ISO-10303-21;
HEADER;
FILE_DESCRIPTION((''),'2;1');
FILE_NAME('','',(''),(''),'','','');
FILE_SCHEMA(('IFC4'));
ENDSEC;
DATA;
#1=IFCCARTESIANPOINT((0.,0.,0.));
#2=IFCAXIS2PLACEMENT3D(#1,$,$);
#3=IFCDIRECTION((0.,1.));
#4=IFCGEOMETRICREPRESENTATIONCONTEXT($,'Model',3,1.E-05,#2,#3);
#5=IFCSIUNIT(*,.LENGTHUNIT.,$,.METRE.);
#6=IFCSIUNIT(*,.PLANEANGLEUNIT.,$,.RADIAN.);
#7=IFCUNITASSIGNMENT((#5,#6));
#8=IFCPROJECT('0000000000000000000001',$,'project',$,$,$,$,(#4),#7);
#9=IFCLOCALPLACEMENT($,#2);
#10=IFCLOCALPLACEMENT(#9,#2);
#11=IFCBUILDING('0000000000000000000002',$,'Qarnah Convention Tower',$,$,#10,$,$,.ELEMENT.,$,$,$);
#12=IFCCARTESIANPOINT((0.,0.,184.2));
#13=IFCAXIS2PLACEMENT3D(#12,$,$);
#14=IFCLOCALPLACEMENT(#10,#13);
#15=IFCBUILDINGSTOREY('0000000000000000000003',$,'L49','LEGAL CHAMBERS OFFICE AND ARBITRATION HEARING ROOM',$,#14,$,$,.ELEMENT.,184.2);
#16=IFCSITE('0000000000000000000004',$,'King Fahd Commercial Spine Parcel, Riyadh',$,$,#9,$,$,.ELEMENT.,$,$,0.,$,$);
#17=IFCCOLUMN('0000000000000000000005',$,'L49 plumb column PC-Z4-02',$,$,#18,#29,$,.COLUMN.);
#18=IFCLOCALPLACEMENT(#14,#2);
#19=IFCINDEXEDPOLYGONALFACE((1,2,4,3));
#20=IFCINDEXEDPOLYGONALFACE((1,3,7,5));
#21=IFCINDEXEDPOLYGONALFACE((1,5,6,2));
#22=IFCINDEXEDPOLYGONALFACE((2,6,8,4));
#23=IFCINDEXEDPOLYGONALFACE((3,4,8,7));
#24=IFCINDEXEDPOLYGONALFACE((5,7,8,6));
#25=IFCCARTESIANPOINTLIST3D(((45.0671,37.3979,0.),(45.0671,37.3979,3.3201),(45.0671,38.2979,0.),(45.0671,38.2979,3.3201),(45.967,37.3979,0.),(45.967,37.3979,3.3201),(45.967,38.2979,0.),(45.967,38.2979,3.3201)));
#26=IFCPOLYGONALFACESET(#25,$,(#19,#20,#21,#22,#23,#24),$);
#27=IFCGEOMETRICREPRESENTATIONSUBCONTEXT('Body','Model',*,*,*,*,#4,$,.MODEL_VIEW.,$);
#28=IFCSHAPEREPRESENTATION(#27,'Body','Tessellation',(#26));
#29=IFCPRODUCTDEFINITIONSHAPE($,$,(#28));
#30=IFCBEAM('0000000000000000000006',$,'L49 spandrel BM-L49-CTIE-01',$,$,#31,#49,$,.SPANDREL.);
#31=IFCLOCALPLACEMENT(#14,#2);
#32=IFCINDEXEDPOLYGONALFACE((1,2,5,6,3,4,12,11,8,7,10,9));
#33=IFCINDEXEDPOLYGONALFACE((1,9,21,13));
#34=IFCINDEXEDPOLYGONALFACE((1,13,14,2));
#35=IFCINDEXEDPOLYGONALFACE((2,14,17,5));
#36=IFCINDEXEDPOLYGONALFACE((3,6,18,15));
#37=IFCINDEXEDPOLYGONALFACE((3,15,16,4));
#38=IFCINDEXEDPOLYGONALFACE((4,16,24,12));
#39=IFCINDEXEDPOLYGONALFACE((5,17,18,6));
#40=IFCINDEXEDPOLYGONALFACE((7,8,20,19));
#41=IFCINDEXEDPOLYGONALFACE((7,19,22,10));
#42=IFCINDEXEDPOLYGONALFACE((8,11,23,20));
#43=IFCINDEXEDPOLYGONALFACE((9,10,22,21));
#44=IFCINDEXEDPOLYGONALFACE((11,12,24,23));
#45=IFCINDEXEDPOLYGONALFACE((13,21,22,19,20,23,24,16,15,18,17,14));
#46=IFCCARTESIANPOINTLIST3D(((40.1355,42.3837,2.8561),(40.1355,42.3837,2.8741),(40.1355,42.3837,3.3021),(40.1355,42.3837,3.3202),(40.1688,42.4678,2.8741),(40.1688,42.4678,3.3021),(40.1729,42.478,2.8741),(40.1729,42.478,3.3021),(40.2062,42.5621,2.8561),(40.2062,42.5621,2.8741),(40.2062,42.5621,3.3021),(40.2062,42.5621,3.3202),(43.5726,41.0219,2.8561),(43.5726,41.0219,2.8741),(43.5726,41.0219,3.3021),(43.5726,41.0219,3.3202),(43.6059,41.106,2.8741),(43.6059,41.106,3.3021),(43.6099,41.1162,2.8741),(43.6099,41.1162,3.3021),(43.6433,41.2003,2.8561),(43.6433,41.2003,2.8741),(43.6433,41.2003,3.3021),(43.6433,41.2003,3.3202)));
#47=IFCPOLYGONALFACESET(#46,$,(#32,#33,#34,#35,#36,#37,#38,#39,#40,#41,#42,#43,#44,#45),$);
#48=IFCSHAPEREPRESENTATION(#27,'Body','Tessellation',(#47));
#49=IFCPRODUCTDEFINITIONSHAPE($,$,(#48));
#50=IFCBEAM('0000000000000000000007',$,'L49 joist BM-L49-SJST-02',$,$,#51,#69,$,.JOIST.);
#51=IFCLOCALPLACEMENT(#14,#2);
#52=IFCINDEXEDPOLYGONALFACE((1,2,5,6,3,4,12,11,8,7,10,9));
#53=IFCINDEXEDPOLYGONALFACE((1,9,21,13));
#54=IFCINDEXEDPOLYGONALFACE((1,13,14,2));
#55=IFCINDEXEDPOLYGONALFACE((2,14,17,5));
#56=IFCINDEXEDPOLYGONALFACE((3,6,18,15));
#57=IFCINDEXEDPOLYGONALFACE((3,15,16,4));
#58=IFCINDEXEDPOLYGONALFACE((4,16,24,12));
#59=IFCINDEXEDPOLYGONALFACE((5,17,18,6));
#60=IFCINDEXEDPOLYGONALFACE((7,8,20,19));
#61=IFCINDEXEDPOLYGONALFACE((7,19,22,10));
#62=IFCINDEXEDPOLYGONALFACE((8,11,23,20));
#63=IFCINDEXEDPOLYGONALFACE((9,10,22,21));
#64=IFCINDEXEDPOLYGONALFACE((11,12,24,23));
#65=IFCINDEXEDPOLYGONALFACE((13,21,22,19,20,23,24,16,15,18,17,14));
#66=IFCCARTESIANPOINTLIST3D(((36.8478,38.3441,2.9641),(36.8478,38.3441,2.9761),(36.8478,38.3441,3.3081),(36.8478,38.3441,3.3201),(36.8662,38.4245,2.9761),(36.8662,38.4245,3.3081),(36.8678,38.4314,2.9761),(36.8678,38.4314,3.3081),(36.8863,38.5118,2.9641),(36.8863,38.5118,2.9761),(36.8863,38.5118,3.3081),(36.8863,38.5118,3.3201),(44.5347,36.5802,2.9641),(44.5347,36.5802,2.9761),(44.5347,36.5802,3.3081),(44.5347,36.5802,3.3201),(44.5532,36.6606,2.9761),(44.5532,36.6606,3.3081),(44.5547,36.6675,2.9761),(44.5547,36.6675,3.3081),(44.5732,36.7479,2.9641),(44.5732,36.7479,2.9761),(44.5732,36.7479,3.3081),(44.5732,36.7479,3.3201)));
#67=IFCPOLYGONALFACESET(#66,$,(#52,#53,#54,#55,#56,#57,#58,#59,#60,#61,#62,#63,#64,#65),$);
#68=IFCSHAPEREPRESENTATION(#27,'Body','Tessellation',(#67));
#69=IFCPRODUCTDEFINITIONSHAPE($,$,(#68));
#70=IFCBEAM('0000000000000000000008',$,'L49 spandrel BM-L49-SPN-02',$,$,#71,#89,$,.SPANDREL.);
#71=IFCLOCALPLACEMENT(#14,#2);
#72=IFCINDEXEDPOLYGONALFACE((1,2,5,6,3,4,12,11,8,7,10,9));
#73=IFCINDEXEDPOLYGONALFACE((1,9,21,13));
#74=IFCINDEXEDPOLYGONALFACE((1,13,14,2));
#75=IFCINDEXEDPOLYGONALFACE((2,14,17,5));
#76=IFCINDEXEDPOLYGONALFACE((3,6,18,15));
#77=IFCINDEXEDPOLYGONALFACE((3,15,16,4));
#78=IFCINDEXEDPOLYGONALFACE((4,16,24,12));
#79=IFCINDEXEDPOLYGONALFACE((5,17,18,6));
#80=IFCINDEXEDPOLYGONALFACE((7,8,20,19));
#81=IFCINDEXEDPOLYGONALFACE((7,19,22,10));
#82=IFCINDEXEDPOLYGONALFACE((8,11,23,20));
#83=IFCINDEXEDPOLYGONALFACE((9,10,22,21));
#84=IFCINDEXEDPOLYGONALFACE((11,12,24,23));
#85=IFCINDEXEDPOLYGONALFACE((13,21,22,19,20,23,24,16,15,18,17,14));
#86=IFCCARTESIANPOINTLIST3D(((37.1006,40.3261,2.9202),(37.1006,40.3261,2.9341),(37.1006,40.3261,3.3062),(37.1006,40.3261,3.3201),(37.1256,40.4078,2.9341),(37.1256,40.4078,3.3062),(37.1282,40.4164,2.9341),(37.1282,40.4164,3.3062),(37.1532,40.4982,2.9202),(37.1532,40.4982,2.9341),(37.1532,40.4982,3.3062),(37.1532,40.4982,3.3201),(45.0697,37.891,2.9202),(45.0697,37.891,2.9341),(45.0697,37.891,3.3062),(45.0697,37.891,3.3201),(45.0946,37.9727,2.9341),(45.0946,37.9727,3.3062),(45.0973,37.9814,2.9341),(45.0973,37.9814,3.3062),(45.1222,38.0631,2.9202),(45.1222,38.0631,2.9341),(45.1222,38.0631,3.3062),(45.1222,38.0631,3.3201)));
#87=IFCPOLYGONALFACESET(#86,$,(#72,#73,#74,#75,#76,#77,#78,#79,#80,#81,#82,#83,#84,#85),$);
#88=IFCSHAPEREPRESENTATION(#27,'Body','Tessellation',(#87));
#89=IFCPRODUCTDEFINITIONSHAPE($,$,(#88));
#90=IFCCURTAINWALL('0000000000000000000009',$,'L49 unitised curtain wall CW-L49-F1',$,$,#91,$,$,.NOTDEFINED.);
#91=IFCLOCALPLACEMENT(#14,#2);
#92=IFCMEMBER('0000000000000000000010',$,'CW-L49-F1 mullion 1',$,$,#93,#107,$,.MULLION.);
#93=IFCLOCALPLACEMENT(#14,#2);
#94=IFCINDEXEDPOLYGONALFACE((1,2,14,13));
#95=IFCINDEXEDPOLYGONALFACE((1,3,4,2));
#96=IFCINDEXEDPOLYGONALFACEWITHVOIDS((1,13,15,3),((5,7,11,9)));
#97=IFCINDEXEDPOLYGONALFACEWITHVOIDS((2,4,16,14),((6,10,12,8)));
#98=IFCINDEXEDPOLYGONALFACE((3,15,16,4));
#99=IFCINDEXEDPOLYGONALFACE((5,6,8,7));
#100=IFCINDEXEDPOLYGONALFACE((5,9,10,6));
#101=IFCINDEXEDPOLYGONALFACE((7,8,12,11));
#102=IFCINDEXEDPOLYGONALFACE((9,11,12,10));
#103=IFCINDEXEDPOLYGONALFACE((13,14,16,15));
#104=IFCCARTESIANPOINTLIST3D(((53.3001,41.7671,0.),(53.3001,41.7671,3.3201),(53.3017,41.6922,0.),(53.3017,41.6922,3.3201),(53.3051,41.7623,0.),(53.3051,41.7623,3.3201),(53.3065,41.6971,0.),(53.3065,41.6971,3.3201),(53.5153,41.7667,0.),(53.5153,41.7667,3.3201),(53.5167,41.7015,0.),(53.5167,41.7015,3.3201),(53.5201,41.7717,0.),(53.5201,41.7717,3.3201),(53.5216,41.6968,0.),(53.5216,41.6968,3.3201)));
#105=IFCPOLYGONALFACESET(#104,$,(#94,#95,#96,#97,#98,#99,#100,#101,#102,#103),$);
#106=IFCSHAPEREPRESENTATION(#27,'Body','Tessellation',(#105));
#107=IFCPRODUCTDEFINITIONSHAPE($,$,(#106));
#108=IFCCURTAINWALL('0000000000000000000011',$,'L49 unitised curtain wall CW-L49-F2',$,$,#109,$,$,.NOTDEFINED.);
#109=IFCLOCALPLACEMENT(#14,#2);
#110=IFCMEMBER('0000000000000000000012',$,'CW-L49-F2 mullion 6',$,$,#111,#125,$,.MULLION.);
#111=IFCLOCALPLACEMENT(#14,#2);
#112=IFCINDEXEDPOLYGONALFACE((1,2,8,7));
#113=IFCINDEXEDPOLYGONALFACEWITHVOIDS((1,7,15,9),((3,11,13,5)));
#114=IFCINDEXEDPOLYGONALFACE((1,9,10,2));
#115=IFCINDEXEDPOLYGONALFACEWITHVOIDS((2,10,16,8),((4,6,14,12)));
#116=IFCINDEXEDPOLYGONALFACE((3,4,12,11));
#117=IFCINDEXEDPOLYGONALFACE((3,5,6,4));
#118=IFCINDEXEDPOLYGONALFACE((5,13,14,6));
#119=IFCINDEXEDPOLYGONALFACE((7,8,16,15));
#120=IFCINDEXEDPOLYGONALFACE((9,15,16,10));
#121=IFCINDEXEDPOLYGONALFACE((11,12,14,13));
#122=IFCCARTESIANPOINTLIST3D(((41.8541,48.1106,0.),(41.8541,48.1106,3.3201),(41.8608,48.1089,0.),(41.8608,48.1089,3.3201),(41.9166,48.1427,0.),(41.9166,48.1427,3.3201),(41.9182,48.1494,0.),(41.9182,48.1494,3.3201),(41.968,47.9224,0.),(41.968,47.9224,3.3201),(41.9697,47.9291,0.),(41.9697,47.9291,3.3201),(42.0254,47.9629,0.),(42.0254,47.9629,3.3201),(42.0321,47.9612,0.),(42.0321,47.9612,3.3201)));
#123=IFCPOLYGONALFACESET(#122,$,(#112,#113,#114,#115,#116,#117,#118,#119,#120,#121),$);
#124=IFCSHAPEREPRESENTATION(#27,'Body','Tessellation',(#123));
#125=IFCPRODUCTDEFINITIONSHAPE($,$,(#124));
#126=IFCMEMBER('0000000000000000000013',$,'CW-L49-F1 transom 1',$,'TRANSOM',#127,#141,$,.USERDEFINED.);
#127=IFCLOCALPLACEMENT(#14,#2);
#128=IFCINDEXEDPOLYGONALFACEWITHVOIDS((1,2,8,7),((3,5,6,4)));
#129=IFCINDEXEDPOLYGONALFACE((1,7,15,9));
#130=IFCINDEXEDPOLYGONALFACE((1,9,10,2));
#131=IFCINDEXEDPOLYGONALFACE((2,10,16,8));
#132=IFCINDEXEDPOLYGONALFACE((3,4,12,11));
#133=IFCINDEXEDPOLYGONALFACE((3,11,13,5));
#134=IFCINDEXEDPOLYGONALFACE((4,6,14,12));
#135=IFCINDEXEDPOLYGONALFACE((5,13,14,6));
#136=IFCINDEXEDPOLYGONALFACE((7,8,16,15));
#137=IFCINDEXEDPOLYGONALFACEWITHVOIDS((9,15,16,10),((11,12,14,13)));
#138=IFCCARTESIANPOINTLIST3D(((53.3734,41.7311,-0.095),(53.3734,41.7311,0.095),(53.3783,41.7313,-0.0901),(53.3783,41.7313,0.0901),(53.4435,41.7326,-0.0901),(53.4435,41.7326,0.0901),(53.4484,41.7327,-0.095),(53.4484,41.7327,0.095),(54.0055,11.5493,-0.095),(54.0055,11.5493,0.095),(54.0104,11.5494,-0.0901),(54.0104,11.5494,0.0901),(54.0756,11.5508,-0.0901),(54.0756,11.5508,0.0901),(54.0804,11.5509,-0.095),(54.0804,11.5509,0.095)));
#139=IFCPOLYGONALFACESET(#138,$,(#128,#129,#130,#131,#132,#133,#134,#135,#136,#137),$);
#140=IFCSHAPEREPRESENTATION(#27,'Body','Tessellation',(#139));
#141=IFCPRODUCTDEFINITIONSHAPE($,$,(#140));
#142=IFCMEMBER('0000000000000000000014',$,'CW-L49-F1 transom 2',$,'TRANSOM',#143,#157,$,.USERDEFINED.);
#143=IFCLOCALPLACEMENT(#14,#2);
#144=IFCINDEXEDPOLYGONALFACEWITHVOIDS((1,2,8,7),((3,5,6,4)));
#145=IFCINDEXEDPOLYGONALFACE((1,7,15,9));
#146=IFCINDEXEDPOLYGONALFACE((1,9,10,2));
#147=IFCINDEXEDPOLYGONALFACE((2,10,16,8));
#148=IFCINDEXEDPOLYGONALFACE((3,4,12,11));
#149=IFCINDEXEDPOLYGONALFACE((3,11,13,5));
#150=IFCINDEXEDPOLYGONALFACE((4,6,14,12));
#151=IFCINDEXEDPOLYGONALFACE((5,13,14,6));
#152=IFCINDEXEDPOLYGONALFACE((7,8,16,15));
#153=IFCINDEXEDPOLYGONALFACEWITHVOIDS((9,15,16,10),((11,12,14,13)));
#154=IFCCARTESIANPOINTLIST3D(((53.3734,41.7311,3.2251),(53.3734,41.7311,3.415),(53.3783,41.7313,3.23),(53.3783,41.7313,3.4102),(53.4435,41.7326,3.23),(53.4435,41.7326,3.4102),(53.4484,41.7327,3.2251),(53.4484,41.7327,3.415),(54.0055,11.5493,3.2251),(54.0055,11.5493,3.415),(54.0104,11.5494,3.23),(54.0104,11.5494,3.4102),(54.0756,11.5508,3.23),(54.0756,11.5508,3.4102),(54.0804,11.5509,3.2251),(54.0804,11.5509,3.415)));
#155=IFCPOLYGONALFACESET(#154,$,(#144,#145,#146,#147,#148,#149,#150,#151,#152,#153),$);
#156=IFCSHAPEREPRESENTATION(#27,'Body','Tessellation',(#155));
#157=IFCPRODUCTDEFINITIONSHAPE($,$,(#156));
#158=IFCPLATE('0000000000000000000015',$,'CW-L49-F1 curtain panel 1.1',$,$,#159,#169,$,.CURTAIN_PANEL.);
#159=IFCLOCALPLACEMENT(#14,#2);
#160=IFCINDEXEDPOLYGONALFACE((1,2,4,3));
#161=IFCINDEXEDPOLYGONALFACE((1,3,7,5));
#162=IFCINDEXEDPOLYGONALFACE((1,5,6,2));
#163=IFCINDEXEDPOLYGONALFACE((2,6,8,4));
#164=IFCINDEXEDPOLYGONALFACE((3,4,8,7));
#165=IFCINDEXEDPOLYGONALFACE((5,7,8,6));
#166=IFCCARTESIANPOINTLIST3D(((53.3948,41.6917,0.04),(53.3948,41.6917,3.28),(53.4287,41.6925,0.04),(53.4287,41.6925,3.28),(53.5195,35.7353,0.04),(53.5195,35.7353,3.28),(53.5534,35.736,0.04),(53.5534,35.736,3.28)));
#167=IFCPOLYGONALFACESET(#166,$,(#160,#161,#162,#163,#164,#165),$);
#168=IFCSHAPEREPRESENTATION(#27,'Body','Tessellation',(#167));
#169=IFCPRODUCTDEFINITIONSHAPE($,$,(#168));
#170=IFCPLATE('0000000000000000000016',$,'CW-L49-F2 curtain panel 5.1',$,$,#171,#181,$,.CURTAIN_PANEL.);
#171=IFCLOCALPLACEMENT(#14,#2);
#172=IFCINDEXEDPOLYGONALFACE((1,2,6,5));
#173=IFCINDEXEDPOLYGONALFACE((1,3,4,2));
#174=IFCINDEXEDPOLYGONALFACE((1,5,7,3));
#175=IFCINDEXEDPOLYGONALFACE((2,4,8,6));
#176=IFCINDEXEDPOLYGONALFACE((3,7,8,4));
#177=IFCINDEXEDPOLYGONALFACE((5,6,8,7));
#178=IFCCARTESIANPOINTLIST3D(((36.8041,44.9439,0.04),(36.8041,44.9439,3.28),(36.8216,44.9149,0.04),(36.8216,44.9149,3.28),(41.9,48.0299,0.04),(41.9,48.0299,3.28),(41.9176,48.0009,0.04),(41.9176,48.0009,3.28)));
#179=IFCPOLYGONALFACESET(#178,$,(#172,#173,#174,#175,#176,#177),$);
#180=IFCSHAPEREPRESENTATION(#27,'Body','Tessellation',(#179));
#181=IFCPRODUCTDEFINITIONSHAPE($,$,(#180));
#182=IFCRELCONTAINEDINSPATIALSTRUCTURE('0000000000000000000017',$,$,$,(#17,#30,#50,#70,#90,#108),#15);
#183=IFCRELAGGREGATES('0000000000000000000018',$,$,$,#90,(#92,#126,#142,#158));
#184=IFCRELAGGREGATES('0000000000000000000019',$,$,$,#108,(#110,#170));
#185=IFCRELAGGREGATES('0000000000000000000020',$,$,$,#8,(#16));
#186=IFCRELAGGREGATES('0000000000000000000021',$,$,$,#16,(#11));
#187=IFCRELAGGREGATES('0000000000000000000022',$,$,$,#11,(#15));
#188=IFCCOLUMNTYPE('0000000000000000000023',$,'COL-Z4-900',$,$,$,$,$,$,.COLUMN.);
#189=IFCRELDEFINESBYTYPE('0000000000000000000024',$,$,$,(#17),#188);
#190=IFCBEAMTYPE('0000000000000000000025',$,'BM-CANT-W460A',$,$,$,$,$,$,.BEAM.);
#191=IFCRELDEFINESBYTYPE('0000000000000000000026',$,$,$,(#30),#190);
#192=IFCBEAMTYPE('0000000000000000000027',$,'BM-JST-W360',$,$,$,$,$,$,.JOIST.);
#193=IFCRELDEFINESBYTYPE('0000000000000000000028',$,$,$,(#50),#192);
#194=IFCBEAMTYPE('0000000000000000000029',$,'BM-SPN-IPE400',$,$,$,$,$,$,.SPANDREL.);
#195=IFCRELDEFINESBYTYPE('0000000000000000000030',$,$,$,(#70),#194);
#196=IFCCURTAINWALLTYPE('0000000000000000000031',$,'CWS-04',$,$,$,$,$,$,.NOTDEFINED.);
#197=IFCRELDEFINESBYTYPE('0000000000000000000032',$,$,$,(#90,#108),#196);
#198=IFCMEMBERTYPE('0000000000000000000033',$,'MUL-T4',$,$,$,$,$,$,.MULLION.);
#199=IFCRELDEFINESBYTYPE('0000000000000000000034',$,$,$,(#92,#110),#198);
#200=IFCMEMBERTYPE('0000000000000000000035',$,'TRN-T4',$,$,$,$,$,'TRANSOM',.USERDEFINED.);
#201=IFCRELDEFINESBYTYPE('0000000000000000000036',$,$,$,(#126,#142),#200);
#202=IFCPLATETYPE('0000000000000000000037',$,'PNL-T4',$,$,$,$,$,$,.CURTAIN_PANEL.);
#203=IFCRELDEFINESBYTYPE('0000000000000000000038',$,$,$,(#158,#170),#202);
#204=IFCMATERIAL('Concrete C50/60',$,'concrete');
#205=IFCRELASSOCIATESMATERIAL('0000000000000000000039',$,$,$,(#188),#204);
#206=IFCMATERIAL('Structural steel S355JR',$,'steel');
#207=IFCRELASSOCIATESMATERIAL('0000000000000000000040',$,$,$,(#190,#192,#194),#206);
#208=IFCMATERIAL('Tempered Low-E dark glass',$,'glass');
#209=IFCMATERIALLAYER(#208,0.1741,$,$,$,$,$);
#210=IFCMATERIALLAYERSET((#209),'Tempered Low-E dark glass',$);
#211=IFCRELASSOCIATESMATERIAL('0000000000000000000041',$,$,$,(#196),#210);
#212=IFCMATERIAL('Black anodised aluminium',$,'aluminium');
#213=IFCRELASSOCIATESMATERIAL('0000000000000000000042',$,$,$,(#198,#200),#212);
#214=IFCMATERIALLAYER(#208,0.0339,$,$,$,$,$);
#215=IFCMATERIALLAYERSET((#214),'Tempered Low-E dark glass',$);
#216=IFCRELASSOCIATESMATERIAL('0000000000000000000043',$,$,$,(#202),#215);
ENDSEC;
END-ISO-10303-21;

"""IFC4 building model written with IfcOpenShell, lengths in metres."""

from ifc_helpers import new_model, si_unit, direction, frame, origin, origin_2d, place, context, subcontext, project, spatial, rectangle, hollow_rectangle, i_section, extrude, material, layer, layer_set, material_profile, profile_set, type_object, element, aggregate, save


model = new_model("IFC4")

# Units and contexts
model_context = context("Model", 3, precision=1e-05, world=origin(), true_north=direction((0.0, 1.0)))
body_context = subcontext(model_context, "Body", "Model", "MODEL_VIEW")
ifc_project = project(units=[si_unit("LENGTHUNIT", "METRE"), si_unit("PLANEANGLEUNIT", "RADIAN")], contexts=[model_context])

# Site, building, storey
site_placement = place(None, origin())
site = spatial("IfcSite", under=ifc_project, at=site_placement, Name="King Fahd Commercial Spine Parcel, Riyadh", CompositionType="ELEMENT", RefElevation=0.0)
building_placement = place(site_placement, origin())
building = spatial("IfcBuilding", under=site, at=building_placement, Name="Qarnah Convention Tower", CompositionType="ELEMENT")
storey_placement = place(building_placement, frame((0.0, 0.0, 184.2)))
storey = spatial("IfcBuildingStorey", under=building, at=storey_placement, Name="L49", Description="LEGAL CHAMBERS OFFICE AND ARBITRATION HEARING ROOM", CompositionType="ELEMENT", Elevation=184.2)

# Column
ifc_material_1 = material(Name="Concrete C50/60", Category="concrete")
ifc_material_profile_1 = material_profile(ifc_material_1, rectangle(XDim=0.8999, YDim=0.8999, at=origin_2d()), Name="RC-COL-900X900")
ifc_profile_set_1 = profile_set([ifc_material_profile_1], Name="Concrete C50/60")
column_type = type_object("IfcColumnType", Name="COL-Z4-900", PredefinedType="COLUMN", material=ifc_profile_set_1)
column_placement = place(storey_placement, frame((45.5171, 37.8479, 0.0), z_axis=(0.0, 0.0, 1.0), x_axis=(1.0, 0.0, 0.0)))
element("IfcColumn", 1, at=column_placement, inside=storey, type_object=column_type, Name="L49 plumb column PC-Z4-02", PredefinedType="COLUMN", context=body_context, shape_type="SweptSolid", body=[
    extrude(rectangle(XDim=0.8999, YDim=0.8999, at=origin_2d()), origin(), (0.0, 0.0, 1.0), 3.3201),
])

# Beams
ifc_material_2 = material(Name="Structural steel S355JR", Category="steel")
ifc_material_profile_2 = material_profile(ifc_material_2, i_section(OverallWidth=0.1919, OverallDepth=0.4641, WebThickness=0.011, FlangeThickness=0.0181, at=origin_2d()), Name="W460X89")
ifc_profile_set_2 = profile_set([ifc_material_profile_2], Name="Structural steel S355JR")
beam_type_1 = type_object("IfcBeamType", Name="BM-CANT-W460A", PredefinedType="BEAM", material=ifc_profile_set_2)
beam_1_placement = place(storey_placement, frame((43.6079, 41.1111, 3.0881), z_axis=(-0.929683, 0.36836, 0.0), x_axis=(-0.36836, -0.929683, 0.0)))
element("IfcBeam", 2, at=beam_1_placement, inside=storey, type_object=beam_type_1, Name="L49 spandrel BM-L49-CTIE-01", PredefinedType="SPANDREL", context=body_context, shape_type="SweptSolid", body=[
    extrude(i_section(OverallWidth=0.1919, OverallDepth=0.4641, WebThickness=0.011, FlangeThickness=0.0181, at=origin_2d()), origin(), (0.0, 0.0, 1.0), 3.697),
])
ifc_material_profile_3 = material_profile(ifc_material_2, i_section(OverallWidth=0.1721, OverallDepth=0.356, WebThickness=0.0071, FlangeThickness=0.012, at=origin_2d()), Name="W360X51")
ifc_profile_set_3 = profile_set([ifc_material_profile_3], Name="Structural steel S355JR")
beam_type_2 = type_object("IfcBeamType", Name="BM-JST-W360", PredefinedType="JOIST", material=ifc_profile_set_3)
beam_2_placement = place(storey_placement, frame((44.554, 36.6641, 3.1421), z_axis=(-0.974669, 0.223654, 0.0), x_axis=(-0.223654, -0.974669, 0.0)))
element("IfcBeam", 3, at=beam_2_placement, inside=storey, type_object=beam_type_2, Name="L49 joist BM-L49-SJST-02", PredefinedType="JOIST", context=body_context, shape_type="SweptSolid", body=[
    extrude(i_section(OverallWidth=0.1721, OverallDepth=0.356, WebThickness=0.0071, FlangeThickness=0.012, at=origin_2d()), origin(), (0.0, 0.0, 1.0), 7.8867),
])
ifc_material_profile_4 = material_profile(ifc_material_2, i_section(OverallWidth=0.1799, OverallDepth=0.3999, WebThickness=0.009, FlangeThickness=0.0139, at=origin_2d()), Name="IPE400")
ifc_profile_set_4 = profile_set([ifc_material_profile_4], Name="Structural steel S355JR")
beam_type_3 = type_object("IfcBeamType", Name="BM-SPN-IPE400", PredefinedType="SPANDREL", material=ifc_profile_set_4)
beam_3_placement = place(storey_placement, frame((45.0959, 37.9771, 3.1201), z_axis=(-0.956349, 0.292228, 0.0), x_axis=(-0.292228, -0.956349, 0.0)))
element("IfcBeam", 4, at=beam_3_placement, inside=storey, type_object=beam_type_3, Name="L49 spandrel BM-L49-SPN-02", PredefinedType="SPANDREL", context=body_context, shape_type="SweptSolid", body=[
    extrude(i_section(OverallWidth=0.1799, OverallDepth=0.3999, WebThickness=0.009, FlangeThickness=0.0139, at=origin_2d()), origin(), (0.0, 0.0, 1.0), 8.3328),
])

# Curtain walls, members
ifc_material_3 = material(Name="Tempered Low-E dark glass", Category="glass")
ifc_layer_1 = layer(ifc_material_3, 0.1741)
ifc_layer_set_1 = layer_set([ifc_layer_1], Name="Tempered Low-E dark glass")
curtain_wall_type = type_object("IfcCurtainWallType", Name="CWS-04", PredefinedType="NOTDEFINED", material=ifc_layer_set_1)
curtain_wall_1_placement = place(storey_placement, origin())
curtain_wall_1 = element("IfcCurtainWall", 5, at=curtain_wall_1_placement, inside=storey, type_object=curtain_wall_type, Name="L49 unitised curtain wall CW-L49-F1", PredefinedType="NOTDEFINED")
ifc_material_4 = material(Name="Black anodised aluminium", Category="aluminium")
ifc_material_profile_5 = material_profile(ifc_material_4, hollow_rectangle(XDim=0.075, YDim=0.22, WallThickness=0.0049, at=origin_2d()), Name="MUL-75X220")
ifc_profile_set_5 = profile_set([ifc_material_profile_5], Name="Black anodised aluminium")
member_type_1 = type_object("IfcMemberType", Name="MUL-T4", PredefinedType="MULLION", material=ifc_profile_set_5)
member_1_placement = place(storey_placement, frame((53.4109, 41.7319, 0.0), z_axis=(0.0, 0.0, 1.0), x_axis=(0.020935, -0.999781, 0.0)))
member_1 = element("IfcMember", 6, at=member_1_placement, type_object=member_type_1, Name="CW-L49-F1 mullion 1", PredefinedType="MULLION", context=body_context, shape_type="SweptSolid", body=[
    extrude(hollow_rectangle(XDim=0.075, YDim=0.22, WallThickness=0.0049, at=origin_2d()), origin(), (0.0, 0.0, 1.0), 3.3201),
])
curtain_wall_2_placement = place(storey_placement, origin())
curtain_wall_2 = element("IfcCurtainWall", 7, at=curtain_wall_2_placement, inside=storey, type_object=curtain_wall_type, Name="L49 unitised curtain wall CW-L49-F2", PredefinedType="NOTDEFINED")
member_2_placement = place(storey_placement, frame((41.9431, 48.0359, 0.0), z_axis=(0.0, 0.0, 1.0), x_axis=(0.855384, 0.517994, 0.0)))
member_2 = element("IfcMember", 8, at=member_2_placement, type_object=member_type_1, Name="CW-L49-F2 mullion 6", PredefinedType="MULLION", context=body_context, shape_type="SweptSolid", body=[
    extrude(hollow_rectangle(XDim=0.075, YDim=0.22, WallThickness=0.0049, at=origin_2d()), origin(), (0.0, 0.0, 1.0), 3.3201),
])

# Members
ifc_material_profile_6 = material_profile(ifc_material_4, hollow_rectangle(XDim=0.075, YDim=0.1899, WallThickness=0.0049, at=origin_2d()), Name="TRN-75X190")
ifc_profile_set_6 = profile_set([ifc_material_profile_6], Name="Black anodised aluminium")
member_type_2 = type_object("IfcMemberType", Name="TRN-T4", ElementType="TRANSOM", PredefinedType="USERDEFINED", material=ifc_profile_set_6)
member_3_placement = place(storey_placement, frame((53.4109, 41.7319, 0.0), z_axis=(0.020938, -0.999781, 0.0), x_axis=(0.999781, 0.020938, 0.0)))
member_3 = element("IfcMember", 9, at=member_3_placement, type_object=member_type_2, Name="CW-L49-F1 transom 1", ObjectType="TRANSOM", PredefinedType="USERDEFINED", context=body_context, shape_type="SweptSolid", body=[
    extrude(hollow_rectangle(XDim=0.075, YDim=0.1899, WallThickness=0.0049, at=origin_2d()), origin(), (0.0, 0.0, 1.0), 30.1885),
])
member_4_placement = place(storey_placement, frame((53.4109, 41.7319, 3.3201), z_axis=(0.020938, -0.999781, 0.0), x_axis=(0.999781, 0.020938, 0.0)))
member_4 = element("IfcMember", 10, at=member_4_placement, type_object=member_type_2, Name="CW-L49-F1 transom 2", ObjectType="TRANSOM", PredefinedType="USERDEFINED", context=body_context, shape_type="SweptSolid", body=[
    extrude(hollow_rectangle(XDim=0.075, YDim=0.1899, WallThickness=0.0049, at=origin_2d()), origin(), (0.0, 0.0, 1.0), 30.1885),
])

# Plates
ifc_layer_2 = layer(ifc_material_3, 0.0339)
ifc_layer_set_2 = layer_set([ifc_layer_2], Name="Tempered Low-E dark glass")
plate_type_1 = type_object("IfcPlateType", Name="PNL-T4", PredefinedType="CURTAIN_PANEL", material=ifc_layer_set_2)
plate_1_placement = place(storey_placement, frame((53.4741, 38.7139, 0.04), z_axis=(0.0, 0.0, 1.0), x_axis=(0.020935, -0.999781, 0.0)))
plate_1 = element("IfcPlate", 11, at=plate_1_placement, type_object=plate_type_1, Name="CW-L49-F1 curtain panel 1.1", PredefinedType="CURTAIN_PANEL", context=body_context, shape_type="SweptSolid", body=[
    extrude(rectangle(XDim=5.9578, YDim=0.0339, at=origin_2d()), origin(), (0.0, 0.0, 1.0), 3.24),
])
aggregate(curtain_wall_1, [member_1, member_3, member_4, plate_1])
plate_2_placement = place(storey_placement, frame((39.3608, 46.4724, 0.04), z_axis=(0.0, 0.0, 1.0), x_axis=(0.855384, 0.517994, 0.0)))
plate_2 = element("IfcPlate", 12, at=plate_2_placement, type_object=plate_type_1, Name="CW-L49-F2 curtain panel 5.1", PredefinedType="CURTAIN_PANEL", context=body_context, shape_type="SweptSolid", body=[
    extrude(rectangle(XDim=5.9575, YDim=0.0339, at=origin_2d()), origin(), (0.0, 0.0, 1.0), 3.24),
])
aggregate(curtain_wall_2, [member_2, plate_2])

save(model, "model.ifc")
